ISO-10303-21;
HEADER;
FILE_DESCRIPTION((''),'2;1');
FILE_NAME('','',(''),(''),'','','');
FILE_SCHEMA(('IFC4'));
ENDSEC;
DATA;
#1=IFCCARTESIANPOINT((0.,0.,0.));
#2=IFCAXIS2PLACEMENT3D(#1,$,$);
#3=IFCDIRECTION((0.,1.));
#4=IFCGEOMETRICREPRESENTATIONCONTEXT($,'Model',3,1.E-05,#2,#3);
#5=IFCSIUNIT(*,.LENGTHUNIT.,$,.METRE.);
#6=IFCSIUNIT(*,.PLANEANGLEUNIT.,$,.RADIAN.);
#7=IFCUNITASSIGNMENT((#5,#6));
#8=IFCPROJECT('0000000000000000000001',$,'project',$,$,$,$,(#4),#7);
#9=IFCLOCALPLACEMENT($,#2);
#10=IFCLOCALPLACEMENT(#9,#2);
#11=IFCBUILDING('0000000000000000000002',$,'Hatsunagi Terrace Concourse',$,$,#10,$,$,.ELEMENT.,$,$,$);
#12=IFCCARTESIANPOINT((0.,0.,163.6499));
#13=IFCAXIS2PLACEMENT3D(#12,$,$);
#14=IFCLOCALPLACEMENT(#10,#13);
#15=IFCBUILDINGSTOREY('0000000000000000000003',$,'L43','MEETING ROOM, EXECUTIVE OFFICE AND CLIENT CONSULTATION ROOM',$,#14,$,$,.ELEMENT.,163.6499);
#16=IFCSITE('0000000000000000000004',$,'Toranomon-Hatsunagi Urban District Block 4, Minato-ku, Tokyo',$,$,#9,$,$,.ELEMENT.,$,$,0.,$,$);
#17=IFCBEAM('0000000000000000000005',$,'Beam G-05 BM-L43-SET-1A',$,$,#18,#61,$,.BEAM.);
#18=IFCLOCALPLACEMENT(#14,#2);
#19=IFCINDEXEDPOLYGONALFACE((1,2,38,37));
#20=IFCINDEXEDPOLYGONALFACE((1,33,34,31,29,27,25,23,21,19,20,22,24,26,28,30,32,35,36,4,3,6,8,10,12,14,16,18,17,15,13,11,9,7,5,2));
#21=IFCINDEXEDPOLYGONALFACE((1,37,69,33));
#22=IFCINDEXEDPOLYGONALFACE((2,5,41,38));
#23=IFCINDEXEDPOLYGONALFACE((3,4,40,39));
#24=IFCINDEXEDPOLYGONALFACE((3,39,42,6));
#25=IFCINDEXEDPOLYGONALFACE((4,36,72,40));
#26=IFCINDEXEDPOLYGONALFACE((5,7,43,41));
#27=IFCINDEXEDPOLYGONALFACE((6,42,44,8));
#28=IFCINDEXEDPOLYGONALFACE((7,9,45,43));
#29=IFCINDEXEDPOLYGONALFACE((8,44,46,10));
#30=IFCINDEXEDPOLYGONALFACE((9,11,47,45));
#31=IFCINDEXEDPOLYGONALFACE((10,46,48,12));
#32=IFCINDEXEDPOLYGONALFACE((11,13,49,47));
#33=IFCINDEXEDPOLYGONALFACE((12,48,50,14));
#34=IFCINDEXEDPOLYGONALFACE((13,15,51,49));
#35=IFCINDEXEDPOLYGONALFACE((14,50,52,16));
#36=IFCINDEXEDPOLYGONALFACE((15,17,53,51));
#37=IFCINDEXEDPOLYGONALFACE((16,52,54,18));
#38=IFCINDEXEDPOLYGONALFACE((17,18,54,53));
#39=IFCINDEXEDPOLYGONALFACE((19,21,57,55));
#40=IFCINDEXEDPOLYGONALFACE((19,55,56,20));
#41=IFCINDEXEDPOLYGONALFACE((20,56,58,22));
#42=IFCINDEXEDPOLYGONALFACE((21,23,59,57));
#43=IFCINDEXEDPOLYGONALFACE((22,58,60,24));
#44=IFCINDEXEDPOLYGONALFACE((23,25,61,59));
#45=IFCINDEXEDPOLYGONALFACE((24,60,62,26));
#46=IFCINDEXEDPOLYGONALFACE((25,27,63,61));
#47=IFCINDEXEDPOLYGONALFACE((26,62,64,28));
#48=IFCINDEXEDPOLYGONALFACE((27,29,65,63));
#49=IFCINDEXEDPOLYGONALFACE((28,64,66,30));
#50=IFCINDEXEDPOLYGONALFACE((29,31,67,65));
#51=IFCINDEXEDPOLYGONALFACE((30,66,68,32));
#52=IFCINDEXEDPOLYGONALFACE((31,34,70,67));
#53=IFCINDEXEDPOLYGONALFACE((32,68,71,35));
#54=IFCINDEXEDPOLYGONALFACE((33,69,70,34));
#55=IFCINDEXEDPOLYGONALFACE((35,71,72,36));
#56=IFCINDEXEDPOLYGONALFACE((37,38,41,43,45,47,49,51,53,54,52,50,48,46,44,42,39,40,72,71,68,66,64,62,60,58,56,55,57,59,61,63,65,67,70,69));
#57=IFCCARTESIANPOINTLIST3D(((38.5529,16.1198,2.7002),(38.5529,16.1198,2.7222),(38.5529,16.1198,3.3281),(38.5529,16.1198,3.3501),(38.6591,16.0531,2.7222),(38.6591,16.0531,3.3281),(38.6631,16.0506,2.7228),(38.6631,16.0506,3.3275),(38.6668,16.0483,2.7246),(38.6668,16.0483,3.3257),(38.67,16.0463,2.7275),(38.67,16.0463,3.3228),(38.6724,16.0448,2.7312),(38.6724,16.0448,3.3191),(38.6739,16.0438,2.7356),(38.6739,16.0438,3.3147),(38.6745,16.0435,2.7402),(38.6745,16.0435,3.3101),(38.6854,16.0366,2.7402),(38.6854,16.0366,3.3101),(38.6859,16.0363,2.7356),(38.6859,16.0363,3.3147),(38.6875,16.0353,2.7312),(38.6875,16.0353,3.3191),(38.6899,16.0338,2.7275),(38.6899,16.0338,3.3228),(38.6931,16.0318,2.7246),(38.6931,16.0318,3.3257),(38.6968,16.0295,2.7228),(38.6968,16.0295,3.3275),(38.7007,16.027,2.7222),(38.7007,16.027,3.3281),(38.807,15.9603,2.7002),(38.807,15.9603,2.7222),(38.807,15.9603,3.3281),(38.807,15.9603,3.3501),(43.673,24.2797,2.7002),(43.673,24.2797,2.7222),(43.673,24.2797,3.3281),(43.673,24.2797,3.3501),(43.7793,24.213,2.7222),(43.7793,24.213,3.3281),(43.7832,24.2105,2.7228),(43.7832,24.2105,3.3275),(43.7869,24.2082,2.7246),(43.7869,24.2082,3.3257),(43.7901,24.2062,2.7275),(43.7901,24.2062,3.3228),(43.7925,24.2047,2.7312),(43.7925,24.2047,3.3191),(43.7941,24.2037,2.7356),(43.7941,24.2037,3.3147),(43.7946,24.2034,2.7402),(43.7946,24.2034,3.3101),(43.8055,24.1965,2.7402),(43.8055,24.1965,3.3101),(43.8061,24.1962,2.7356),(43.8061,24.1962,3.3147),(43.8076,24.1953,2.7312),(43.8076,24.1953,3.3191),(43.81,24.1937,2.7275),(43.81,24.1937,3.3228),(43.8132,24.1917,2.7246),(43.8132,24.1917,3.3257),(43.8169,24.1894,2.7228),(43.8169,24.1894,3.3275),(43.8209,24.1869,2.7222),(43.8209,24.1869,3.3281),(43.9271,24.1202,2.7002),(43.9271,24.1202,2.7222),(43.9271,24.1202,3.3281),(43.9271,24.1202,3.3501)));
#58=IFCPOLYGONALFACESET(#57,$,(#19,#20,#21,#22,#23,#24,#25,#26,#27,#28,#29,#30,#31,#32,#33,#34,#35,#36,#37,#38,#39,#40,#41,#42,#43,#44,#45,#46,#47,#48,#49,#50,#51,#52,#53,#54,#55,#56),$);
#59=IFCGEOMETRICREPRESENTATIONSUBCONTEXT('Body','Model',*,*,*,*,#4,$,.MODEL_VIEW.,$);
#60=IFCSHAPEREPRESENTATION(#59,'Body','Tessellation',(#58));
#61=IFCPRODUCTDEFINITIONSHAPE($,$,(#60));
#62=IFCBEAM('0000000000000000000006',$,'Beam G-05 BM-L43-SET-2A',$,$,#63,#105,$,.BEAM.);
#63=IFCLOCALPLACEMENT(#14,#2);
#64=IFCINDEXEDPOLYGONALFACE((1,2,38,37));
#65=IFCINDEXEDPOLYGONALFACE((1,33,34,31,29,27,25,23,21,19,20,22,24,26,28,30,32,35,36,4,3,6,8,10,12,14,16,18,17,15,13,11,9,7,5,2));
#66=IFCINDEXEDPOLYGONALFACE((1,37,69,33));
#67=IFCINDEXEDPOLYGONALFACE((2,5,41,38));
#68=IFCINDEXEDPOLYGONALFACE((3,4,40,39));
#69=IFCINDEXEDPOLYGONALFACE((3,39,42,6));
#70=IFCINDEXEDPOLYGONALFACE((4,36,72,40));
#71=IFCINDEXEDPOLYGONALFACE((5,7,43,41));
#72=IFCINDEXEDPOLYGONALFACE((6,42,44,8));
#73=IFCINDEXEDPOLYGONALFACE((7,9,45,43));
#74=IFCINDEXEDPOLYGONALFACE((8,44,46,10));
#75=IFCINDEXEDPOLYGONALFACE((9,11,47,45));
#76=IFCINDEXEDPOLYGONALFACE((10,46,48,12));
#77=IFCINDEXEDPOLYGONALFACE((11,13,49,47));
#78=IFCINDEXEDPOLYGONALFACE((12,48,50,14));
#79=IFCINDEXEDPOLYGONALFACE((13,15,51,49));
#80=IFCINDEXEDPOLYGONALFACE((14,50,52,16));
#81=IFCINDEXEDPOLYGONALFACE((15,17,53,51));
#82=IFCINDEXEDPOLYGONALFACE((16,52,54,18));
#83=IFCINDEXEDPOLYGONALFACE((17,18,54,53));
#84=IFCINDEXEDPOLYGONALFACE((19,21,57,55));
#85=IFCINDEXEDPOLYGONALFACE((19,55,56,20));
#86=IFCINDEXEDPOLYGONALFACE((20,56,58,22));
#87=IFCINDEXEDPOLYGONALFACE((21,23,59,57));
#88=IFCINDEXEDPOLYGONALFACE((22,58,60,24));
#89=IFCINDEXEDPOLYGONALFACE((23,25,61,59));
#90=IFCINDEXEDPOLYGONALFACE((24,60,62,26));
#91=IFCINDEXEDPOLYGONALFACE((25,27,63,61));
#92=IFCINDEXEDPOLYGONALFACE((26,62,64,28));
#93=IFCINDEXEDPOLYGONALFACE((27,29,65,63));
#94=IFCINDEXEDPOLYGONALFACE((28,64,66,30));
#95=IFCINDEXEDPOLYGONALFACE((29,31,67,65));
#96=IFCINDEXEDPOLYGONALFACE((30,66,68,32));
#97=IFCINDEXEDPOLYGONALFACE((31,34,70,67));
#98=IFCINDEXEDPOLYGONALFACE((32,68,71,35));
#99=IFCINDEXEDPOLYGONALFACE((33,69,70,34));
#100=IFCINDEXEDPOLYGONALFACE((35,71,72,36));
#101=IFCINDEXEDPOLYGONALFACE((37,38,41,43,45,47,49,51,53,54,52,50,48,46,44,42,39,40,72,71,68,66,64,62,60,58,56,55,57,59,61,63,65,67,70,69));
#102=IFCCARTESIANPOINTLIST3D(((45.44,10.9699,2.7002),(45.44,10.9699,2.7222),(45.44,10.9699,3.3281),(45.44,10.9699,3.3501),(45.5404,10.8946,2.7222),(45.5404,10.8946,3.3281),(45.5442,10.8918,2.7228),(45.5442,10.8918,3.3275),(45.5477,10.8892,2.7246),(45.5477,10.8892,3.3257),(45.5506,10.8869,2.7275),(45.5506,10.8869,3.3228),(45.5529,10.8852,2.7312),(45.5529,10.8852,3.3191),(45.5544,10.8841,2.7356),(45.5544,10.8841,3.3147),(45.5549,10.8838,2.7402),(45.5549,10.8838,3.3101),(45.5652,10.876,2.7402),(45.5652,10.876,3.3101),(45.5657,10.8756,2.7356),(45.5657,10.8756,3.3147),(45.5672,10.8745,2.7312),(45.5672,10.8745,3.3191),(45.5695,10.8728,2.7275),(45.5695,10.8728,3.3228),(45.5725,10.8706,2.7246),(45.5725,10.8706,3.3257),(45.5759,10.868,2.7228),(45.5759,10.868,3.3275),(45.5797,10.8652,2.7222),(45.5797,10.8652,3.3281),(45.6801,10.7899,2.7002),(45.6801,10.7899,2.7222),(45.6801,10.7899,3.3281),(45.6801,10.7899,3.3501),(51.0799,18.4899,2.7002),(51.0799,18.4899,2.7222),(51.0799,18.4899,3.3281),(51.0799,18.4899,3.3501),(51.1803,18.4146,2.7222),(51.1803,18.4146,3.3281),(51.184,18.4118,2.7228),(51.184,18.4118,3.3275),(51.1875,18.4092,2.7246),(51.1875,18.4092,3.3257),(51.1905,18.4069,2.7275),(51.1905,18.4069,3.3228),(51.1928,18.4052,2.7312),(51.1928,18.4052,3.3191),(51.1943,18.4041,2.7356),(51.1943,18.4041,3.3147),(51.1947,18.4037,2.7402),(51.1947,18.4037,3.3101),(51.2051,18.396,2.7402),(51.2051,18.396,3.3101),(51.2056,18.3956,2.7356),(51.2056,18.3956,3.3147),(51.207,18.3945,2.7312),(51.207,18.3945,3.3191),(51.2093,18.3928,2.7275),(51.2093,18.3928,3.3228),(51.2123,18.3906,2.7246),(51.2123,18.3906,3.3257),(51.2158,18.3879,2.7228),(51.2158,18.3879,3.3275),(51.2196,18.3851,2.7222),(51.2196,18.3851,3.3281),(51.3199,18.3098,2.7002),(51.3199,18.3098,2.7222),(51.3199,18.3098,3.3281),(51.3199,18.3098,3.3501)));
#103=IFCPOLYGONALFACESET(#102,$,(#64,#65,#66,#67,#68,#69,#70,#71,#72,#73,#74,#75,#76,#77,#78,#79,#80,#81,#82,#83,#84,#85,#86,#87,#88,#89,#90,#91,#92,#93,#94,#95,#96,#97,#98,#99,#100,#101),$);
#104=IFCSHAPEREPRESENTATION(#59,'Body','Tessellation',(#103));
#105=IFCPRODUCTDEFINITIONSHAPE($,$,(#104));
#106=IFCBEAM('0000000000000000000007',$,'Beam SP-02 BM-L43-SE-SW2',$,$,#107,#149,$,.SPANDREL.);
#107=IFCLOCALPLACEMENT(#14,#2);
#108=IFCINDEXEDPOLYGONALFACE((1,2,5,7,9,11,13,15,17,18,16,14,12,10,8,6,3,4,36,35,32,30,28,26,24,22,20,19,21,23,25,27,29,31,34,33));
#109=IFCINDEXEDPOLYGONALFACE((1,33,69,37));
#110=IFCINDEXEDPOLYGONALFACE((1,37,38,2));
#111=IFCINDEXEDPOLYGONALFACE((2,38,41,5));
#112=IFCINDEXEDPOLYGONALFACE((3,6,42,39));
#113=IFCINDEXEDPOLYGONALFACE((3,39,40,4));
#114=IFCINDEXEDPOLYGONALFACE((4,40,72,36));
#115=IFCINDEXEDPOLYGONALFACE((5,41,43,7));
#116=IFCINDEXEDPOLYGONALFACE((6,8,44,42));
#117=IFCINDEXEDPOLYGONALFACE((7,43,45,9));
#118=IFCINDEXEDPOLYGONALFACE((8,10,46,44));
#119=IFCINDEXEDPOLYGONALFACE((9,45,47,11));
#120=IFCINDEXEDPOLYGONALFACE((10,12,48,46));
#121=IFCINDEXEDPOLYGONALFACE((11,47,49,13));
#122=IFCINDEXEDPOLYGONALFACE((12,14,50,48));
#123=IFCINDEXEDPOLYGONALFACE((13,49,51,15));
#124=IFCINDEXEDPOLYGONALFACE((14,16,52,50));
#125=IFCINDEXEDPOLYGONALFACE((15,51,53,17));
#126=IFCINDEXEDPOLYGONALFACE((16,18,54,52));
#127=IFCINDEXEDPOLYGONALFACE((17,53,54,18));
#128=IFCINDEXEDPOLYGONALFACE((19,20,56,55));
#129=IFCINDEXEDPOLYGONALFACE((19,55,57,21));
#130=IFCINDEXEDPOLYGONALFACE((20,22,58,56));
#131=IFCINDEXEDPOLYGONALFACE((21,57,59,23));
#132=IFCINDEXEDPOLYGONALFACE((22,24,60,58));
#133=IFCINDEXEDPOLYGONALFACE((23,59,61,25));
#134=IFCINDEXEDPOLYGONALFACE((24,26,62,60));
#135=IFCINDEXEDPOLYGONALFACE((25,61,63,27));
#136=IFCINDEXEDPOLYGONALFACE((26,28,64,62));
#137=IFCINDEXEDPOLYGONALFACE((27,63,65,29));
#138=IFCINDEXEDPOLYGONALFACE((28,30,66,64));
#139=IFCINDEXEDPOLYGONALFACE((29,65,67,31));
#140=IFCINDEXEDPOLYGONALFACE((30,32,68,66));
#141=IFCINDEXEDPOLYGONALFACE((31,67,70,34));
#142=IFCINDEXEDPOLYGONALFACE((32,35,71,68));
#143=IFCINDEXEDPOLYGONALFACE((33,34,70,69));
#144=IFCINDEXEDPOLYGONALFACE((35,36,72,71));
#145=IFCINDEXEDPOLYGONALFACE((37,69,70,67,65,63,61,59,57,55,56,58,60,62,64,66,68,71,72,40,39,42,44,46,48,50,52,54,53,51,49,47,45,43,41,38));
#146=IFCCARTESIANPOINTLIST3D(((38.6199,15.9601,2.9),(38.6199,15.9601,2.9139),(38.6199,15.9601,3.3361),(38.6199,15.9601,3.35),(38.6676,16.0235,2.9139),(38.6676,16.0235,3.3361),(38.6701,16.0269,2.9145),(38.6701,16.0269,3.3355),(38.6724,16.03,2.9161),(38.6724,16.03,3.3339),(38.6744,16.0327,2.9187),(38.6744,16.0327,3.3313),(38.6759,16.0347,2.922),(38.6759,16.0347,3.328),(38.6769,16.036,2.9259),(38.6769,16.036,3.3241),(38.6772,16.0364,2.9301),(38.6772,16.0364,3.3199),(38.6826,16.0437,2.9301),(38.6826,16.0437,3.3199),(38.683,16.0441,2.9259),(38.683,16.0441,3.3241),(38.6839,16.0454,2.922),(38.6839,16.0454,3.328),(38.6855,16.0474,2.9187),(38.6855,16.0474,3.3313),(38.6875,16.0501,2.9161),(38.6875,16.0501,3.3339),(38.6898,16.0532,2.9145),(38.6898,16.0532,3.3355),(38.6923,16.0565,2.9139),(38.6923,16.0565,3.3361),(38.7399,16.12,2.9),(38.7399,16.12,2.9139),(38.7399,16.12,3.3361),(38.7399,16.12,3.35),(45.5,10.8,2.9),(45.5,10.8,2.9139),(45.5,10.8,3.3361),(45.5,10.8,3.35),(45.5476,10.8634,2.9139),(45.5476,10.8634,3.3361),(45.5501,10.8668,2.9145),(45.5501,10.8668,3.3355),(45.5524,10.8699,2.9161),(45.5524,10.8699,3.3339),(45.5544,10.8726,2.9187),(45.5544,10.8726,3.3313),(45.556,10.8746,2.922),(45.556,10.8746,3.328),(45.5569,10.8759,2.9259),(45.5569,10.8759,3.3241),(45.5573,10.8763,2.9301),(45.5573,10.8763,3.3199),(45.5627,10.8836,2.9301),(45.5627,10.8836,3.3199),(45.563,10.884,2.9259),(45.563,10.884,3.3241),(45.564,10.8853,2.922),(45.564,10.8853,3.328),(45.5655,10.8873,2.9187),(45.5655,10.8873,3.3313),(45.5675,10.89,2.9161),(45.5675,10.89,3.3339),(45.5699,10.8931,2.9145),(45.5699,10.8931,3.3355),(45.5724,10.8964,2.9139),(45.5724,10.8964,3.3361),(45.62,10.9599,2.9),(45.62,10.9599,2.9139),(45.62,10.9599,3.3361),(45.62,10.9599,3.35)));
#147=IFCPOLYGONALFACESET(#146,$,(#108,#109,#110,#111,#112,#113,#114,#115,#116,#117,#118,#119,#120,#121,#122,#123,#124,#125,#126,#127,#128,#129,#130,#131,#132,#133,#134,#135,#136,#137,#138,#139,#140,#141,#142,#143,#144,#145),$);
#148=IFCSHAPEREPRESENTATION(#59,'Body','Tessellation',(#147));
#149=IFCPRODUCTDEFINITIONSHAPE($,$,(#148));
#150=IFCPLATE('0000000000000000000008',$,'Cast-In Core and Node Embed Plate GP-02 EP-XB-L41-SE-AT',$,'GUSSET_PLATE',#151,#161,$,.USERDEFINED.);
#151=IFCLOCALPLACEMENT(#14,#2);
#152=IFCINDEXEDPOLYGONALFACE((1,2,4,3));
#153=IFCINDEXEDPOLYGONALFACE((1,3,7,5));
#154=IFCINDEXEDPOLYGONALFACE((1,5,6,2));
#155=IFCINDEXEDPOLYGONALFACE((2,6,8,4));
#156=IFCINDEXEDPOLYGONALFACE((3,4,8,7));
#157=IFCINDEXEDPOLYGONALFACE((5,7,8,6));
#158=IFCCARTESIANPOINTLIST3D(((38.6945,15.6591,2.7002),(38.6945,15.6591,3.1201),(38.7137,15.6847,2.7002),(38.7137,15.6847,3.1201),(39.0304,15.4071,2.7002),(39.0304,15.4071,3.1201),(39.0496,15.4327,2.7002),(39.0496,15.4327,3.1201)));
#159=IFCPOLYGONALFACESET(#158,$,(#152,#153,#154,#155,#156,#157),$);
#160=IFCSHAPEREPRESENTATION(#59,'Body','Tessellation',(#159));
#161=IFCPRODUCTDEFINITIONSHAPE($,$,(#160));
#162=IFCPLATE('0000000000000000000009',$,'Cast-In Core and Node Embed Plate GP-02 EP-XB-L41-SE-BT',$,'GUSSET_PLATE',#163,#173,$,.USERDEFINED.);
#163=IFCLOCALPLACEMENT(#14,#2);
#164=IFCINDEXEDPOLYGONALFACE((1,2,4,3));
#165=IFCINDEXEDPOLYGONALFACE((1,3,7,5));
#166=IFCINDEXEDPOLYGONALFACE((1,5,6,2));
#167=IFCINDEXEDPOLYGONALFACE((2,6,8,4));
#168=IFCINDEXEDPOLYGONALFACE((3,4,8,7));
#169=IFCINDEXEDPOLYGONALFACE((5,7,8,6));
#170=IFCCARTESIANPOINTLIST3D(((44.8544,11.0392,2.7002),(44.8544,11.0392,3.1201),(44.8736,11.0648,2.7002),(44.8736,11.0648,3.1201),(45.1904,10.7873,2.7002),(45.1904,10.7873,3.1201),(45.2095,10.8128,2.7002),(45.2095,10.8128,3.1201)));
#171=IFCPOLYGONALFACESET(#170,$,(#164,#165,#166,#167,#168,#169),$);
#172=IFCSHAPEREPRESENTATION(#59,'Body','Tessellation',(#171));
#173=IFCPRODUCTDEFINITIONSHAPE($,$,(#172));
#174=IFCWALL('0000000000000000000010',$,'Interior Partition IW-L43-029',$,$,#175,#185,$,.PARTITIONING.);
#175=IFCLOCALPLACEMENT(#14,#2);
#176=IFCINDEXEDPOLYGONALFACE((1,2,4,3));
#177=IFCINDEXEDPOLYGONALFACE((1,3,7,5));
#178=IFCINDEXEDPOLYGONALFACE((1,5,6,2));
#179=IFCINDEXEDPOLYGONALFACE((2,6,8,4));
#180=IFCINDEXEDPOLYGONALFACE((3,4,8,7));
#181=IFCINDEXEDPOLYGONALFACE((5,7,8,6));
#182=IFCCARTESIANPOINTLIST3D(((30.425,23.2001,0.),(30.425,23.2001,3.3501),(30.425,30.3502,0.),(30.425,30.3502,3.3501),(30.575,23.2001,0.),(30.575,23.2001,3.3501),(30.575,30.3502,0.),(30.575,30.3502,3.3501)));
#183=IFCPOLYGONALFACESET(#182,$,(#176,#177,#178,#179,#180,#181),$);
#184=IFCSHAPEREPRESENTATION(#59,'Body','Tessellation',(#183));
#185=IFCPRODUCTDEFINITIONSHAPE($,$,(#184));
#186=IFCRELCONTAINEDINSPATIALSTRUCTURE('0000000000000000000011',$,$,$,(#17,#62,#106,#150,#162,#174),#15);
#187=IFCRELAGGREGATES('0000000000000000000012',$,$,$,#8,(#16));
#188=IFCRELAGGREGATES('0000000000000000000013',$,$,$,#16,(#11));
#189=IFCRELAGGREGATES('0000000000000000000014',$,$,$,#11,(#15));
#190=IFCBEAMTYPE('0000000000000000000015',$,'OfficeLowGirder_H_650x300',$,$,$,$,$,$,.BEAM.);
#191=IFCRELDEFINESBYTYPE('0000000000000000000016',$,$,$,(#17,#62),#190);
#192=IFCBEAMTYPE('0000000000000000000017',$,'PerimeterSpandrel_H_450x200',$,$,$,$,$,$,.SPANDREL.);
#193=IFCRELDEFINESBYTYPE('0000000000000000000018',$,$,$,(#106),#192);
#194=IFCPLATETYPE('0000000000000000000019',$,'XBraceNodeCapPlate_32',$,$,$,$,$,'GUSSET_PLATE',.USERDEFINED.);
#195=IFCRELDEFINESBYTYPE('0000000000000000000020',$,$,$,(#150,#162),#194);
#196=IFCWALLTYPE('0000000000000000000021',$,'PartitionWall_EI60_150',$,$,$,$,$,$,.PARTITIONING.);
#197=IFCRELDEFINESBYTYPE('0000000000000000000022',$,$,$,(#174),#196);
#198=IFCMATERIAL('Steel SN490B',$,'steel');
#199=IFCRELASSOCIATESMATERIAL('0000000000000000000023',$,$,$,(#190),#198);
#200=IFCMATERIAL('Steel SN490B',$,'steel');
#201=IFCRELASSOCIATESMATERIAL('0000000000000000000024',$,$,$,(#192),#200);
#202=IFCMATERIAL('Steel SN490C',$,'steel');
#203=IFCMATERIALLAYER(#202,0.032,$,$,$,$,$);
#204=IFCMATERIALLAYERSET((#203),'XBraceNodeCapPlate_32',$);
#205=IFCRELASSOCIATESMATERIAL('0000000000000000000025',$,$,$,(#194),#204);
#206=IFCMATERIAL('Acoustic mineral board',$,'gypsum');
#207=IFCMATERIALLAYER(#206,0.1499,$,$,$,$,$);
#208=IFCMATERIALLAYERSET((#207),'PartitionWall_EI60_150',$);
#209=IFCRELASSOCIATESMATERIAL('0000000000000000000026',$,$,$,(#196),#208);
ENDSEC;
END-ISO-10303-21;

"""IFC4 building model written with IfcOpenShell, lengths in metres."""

from ifc_helpers import new_model, si_unit, direction, frame, frame_2d, origin, origin_2d, place, context, subcontext, project, spatial, rectangle, i_section, extrude, material, layer, layer_set, material_profile, profile_set, type_object, element, save


model = new_model("IFC4")

# Units and contexts
model_context = context("Model", 3, precision=1e-05, world=origin(), true_north=direction((0.0, 1.0)))
body_context = subcontext(model_context, "Body", "Model", "MODEL_VIEW")
ifc_project = project(units=[si_unit("LENGTHUNIT", "METRE"), si_unit("PLANEANGLEUNIT", "RADIAN")], contexts=[model_context])

# Site, building, storey
site_placement = place(None, origin())
site = spatial("IfcSite", under=ifc_project, at=site_placement, Name="Toranomon-Hatsunagi Urban District Block 4, Minato-ku, Tokyo", CompositionType="ELEMENT", RefElevation=0.0)
building_placement = place(site_placement, origin())
building = spatial("IfcBuilding", under=site, at=building_placement, Name="Hatsunagi Terrace Concourse", CompositionType="ELEMENT")
storey_placement = place(building_placement, frame((0.0, 0.0, 163.6499)))
storey = spatial("IfcBuildingStorey", under=building, at=storey_placement, Name="L43", Description="MEETING ROOM, EXECUTIVE OFFICE AND CLIENT CONSULTATION ROOM", CompositionType="ELEMENT", Elevation=163.6499)

# Beams
ifc_material_1 = material(Name="Steel SN490B", Category="steel")
ifc_material_profile_1 = material_profile(ifc_material_1, i_section(OverallWidth=0.3, OverallDepth=0.6499, WebThickness=0.0129, FlangeThickness=0.022, FilletRadius=0.0181, at=origin_2d()), Name="H-650x300x13x22")
ifc_profile_set_1 = profile_set([ifc_material_profile_1], Name="Steel SN490B")
beam_type_1 = type_object("IfcBeamType", Name="OfficeLowGirder_H_650x300", PredefinedType="BEAM", material=ifc_profile_set_1)
beam_1_placement = place(storey_placement, frame((38.6799, 16.04, 3.0251), z_axis=(0.531504, 0.847056, 0.0), x_axis=(-0.847056, 0.531504, 0.0)))
element("IfcBeam", 1, at=beam_1_placement, inside=storey, type_object=beam_type_1, Name="Beam G-05 BM-L43-SET-1A", PredefinedType="BEAM", context=body_context, shape_type="SweptSolid", body=[
    extrude(i_section(OverallWidth=0.3, OverallDepth=0.6499, WebThickness=0.0129, FlangeThickness=0.022, FilletRadius=0.0181, at=origin_2d()), origin(), (0.0, 0.0, 1.0), 9.6333),
])
beam_2_placement = place(storey_placement, frame((45.5601, 10.8799, 3.0251), z_axis=(0.599992, 0.800006, 0.0), x_axis=(-0.800006, 0.599992, 0.0)))
element("IfcBeam", 2, at=beam_2_placement, inside=storey, type_object=beam_type_1, Name="Beam G-05 BM-L43-SET-2A", PredefinedType="BEAM", context=body_context, shape_type="SweptSolid", body=[
    extrude(i_section(OverallWidth=0.3, OverallDepth=0.6499, WebThickness=0.0129, FlangeThickness=0.022, FilletRadius=0.0181, at=origin_2d()), origin(), (0.0, 0.0, 1.0), 9.3999),
])
ifc_material_2 = material(Name="Steel SN490B", Category="steel")
ifc_material_profile_2 = material_profile(ifc_material_2, i_section(OverallWidth=0.2, OverallDepth=0.45, WebThickness=0.009, FlangeThickness=0.0139, FilletRadius=0.0161, at=origin_2d()), Name="H-450x200x9x14")
ifc_profile_set_2 = profile_set([ifc_material_profile_2], Name="Steel SN490B")
beam_type_2 = type_object("IfcBeamType", Name="PerimeterSpandrel_H_450x200", PredefinedType="SPANDREL", material=ifc_profile_set_2)
beam_3_placement = place(storey_placement, frame((38.6799, 16.04, 3.125), z_axis=(0.799997, -0.600005, 0.0), x_axis=(0.600005, 0.799997, 0.0)))
element("IfcBeam", 3, at=beam_3_placement, inside=storey, type_object=beam_type_2, Name="Beam SP-02 BM-L43-SE-SW2", PredefinedType="SPANDREL", context=body_context, shape_type="SweptSolid", body=[
    extrude(i_section(OverallWidth=0.2, OverallDepth=0.45, WebThickness=0.009, FlangeThickness=0.0139, FilletRadius=0.0161, at=origin_2d()), origin(), (0.0, 0.0, 1.0), 8.6001),
])

# Plates
ifc_material_3 = material(Name="Steel SN490C", Category="steel")
ifc_layer_1 = layer(ifc_material_3, 0.032)
ifc_layer_set_1 = layer_set([ifc_layer_1], Name="XBraceNodeCapPlate_32")
plate_type = type_object("IfcPlateType", Name="XBraceNodeCapPlate_32", ElementType="GUSSET_PLATE", PredefinedType="USERDEFINED", material=ifc_layer_set_1)
for number, where, z_axis, x_axis, name in (
    (4, (38.8721, 15.5459, 2.7002), (0.0, 0.0, 1.0), (0.8, -0.6, 0.0), "Cast-In Core and Node Embed Plate GP-02 EP-XB-L41-SE-AT"),
    (5, (45.032, 10.926, 2.7002), (0.0, 0.0, 1.0), (0.8, -0.6, 0.0), "Cast-In Core and Node Embed Plate GP-02 EP-XB-L41-SE-BT"),
):
    element("IfcPlate", number, at=place(storey_placement, frame(where, z_axis=z_axis, x_axis=x_axis)), inside=storey, type_object=plate_type, Name=name, ObjectType="GUSSET_PLATE", PredefinedType="USERDEFINED", context=body_context, shape_type="SweptSolid", body=[
        extrude(rectangle(XDim=0.4199, YDim=0.032, at=origin_2d()), origin(), (0.0, 0.0, 1.0), 0.4199),
    ])

# Wall
ifc_material_4 = material(Name="Acoustic mineral board", Category="gypsum")
ifc_layer_2 = layer(ifc_material_4, 0.1499)
ifc_layer_set_2 = layer_set([ifc_layer_2], Name="PartitionWall_EI60_150")
wall_type_1 = type_object("IfcWallType", Name="PartitionWall_EI60_150", PredefinedType="PARTITIONING", material=ifc_layer_set_2)
wall_1_placement = place(storey_placement, frame((30.5, 23.2, 0.0), z_axis=(0.0, 0.0, 1.0), x_axis=(0.0, 1.0, 0.0)))
element("IfcWall", 6, at=wall_1_placement, inside=storey, type_object=wall_type_1, Name="Interior Partition IW-L43-029", PredefinedType="PARTITIONING", context=body_context, shape_type="SweptSolid", body=[
    extrude(rectangle(XDim=7.1501, YDim=0.1499, at=frame_2d((3.5752, 0.0))), origin(), (0.0, 0.0, 1.0), 3.3501),
])

save(model, "model.ifc")
